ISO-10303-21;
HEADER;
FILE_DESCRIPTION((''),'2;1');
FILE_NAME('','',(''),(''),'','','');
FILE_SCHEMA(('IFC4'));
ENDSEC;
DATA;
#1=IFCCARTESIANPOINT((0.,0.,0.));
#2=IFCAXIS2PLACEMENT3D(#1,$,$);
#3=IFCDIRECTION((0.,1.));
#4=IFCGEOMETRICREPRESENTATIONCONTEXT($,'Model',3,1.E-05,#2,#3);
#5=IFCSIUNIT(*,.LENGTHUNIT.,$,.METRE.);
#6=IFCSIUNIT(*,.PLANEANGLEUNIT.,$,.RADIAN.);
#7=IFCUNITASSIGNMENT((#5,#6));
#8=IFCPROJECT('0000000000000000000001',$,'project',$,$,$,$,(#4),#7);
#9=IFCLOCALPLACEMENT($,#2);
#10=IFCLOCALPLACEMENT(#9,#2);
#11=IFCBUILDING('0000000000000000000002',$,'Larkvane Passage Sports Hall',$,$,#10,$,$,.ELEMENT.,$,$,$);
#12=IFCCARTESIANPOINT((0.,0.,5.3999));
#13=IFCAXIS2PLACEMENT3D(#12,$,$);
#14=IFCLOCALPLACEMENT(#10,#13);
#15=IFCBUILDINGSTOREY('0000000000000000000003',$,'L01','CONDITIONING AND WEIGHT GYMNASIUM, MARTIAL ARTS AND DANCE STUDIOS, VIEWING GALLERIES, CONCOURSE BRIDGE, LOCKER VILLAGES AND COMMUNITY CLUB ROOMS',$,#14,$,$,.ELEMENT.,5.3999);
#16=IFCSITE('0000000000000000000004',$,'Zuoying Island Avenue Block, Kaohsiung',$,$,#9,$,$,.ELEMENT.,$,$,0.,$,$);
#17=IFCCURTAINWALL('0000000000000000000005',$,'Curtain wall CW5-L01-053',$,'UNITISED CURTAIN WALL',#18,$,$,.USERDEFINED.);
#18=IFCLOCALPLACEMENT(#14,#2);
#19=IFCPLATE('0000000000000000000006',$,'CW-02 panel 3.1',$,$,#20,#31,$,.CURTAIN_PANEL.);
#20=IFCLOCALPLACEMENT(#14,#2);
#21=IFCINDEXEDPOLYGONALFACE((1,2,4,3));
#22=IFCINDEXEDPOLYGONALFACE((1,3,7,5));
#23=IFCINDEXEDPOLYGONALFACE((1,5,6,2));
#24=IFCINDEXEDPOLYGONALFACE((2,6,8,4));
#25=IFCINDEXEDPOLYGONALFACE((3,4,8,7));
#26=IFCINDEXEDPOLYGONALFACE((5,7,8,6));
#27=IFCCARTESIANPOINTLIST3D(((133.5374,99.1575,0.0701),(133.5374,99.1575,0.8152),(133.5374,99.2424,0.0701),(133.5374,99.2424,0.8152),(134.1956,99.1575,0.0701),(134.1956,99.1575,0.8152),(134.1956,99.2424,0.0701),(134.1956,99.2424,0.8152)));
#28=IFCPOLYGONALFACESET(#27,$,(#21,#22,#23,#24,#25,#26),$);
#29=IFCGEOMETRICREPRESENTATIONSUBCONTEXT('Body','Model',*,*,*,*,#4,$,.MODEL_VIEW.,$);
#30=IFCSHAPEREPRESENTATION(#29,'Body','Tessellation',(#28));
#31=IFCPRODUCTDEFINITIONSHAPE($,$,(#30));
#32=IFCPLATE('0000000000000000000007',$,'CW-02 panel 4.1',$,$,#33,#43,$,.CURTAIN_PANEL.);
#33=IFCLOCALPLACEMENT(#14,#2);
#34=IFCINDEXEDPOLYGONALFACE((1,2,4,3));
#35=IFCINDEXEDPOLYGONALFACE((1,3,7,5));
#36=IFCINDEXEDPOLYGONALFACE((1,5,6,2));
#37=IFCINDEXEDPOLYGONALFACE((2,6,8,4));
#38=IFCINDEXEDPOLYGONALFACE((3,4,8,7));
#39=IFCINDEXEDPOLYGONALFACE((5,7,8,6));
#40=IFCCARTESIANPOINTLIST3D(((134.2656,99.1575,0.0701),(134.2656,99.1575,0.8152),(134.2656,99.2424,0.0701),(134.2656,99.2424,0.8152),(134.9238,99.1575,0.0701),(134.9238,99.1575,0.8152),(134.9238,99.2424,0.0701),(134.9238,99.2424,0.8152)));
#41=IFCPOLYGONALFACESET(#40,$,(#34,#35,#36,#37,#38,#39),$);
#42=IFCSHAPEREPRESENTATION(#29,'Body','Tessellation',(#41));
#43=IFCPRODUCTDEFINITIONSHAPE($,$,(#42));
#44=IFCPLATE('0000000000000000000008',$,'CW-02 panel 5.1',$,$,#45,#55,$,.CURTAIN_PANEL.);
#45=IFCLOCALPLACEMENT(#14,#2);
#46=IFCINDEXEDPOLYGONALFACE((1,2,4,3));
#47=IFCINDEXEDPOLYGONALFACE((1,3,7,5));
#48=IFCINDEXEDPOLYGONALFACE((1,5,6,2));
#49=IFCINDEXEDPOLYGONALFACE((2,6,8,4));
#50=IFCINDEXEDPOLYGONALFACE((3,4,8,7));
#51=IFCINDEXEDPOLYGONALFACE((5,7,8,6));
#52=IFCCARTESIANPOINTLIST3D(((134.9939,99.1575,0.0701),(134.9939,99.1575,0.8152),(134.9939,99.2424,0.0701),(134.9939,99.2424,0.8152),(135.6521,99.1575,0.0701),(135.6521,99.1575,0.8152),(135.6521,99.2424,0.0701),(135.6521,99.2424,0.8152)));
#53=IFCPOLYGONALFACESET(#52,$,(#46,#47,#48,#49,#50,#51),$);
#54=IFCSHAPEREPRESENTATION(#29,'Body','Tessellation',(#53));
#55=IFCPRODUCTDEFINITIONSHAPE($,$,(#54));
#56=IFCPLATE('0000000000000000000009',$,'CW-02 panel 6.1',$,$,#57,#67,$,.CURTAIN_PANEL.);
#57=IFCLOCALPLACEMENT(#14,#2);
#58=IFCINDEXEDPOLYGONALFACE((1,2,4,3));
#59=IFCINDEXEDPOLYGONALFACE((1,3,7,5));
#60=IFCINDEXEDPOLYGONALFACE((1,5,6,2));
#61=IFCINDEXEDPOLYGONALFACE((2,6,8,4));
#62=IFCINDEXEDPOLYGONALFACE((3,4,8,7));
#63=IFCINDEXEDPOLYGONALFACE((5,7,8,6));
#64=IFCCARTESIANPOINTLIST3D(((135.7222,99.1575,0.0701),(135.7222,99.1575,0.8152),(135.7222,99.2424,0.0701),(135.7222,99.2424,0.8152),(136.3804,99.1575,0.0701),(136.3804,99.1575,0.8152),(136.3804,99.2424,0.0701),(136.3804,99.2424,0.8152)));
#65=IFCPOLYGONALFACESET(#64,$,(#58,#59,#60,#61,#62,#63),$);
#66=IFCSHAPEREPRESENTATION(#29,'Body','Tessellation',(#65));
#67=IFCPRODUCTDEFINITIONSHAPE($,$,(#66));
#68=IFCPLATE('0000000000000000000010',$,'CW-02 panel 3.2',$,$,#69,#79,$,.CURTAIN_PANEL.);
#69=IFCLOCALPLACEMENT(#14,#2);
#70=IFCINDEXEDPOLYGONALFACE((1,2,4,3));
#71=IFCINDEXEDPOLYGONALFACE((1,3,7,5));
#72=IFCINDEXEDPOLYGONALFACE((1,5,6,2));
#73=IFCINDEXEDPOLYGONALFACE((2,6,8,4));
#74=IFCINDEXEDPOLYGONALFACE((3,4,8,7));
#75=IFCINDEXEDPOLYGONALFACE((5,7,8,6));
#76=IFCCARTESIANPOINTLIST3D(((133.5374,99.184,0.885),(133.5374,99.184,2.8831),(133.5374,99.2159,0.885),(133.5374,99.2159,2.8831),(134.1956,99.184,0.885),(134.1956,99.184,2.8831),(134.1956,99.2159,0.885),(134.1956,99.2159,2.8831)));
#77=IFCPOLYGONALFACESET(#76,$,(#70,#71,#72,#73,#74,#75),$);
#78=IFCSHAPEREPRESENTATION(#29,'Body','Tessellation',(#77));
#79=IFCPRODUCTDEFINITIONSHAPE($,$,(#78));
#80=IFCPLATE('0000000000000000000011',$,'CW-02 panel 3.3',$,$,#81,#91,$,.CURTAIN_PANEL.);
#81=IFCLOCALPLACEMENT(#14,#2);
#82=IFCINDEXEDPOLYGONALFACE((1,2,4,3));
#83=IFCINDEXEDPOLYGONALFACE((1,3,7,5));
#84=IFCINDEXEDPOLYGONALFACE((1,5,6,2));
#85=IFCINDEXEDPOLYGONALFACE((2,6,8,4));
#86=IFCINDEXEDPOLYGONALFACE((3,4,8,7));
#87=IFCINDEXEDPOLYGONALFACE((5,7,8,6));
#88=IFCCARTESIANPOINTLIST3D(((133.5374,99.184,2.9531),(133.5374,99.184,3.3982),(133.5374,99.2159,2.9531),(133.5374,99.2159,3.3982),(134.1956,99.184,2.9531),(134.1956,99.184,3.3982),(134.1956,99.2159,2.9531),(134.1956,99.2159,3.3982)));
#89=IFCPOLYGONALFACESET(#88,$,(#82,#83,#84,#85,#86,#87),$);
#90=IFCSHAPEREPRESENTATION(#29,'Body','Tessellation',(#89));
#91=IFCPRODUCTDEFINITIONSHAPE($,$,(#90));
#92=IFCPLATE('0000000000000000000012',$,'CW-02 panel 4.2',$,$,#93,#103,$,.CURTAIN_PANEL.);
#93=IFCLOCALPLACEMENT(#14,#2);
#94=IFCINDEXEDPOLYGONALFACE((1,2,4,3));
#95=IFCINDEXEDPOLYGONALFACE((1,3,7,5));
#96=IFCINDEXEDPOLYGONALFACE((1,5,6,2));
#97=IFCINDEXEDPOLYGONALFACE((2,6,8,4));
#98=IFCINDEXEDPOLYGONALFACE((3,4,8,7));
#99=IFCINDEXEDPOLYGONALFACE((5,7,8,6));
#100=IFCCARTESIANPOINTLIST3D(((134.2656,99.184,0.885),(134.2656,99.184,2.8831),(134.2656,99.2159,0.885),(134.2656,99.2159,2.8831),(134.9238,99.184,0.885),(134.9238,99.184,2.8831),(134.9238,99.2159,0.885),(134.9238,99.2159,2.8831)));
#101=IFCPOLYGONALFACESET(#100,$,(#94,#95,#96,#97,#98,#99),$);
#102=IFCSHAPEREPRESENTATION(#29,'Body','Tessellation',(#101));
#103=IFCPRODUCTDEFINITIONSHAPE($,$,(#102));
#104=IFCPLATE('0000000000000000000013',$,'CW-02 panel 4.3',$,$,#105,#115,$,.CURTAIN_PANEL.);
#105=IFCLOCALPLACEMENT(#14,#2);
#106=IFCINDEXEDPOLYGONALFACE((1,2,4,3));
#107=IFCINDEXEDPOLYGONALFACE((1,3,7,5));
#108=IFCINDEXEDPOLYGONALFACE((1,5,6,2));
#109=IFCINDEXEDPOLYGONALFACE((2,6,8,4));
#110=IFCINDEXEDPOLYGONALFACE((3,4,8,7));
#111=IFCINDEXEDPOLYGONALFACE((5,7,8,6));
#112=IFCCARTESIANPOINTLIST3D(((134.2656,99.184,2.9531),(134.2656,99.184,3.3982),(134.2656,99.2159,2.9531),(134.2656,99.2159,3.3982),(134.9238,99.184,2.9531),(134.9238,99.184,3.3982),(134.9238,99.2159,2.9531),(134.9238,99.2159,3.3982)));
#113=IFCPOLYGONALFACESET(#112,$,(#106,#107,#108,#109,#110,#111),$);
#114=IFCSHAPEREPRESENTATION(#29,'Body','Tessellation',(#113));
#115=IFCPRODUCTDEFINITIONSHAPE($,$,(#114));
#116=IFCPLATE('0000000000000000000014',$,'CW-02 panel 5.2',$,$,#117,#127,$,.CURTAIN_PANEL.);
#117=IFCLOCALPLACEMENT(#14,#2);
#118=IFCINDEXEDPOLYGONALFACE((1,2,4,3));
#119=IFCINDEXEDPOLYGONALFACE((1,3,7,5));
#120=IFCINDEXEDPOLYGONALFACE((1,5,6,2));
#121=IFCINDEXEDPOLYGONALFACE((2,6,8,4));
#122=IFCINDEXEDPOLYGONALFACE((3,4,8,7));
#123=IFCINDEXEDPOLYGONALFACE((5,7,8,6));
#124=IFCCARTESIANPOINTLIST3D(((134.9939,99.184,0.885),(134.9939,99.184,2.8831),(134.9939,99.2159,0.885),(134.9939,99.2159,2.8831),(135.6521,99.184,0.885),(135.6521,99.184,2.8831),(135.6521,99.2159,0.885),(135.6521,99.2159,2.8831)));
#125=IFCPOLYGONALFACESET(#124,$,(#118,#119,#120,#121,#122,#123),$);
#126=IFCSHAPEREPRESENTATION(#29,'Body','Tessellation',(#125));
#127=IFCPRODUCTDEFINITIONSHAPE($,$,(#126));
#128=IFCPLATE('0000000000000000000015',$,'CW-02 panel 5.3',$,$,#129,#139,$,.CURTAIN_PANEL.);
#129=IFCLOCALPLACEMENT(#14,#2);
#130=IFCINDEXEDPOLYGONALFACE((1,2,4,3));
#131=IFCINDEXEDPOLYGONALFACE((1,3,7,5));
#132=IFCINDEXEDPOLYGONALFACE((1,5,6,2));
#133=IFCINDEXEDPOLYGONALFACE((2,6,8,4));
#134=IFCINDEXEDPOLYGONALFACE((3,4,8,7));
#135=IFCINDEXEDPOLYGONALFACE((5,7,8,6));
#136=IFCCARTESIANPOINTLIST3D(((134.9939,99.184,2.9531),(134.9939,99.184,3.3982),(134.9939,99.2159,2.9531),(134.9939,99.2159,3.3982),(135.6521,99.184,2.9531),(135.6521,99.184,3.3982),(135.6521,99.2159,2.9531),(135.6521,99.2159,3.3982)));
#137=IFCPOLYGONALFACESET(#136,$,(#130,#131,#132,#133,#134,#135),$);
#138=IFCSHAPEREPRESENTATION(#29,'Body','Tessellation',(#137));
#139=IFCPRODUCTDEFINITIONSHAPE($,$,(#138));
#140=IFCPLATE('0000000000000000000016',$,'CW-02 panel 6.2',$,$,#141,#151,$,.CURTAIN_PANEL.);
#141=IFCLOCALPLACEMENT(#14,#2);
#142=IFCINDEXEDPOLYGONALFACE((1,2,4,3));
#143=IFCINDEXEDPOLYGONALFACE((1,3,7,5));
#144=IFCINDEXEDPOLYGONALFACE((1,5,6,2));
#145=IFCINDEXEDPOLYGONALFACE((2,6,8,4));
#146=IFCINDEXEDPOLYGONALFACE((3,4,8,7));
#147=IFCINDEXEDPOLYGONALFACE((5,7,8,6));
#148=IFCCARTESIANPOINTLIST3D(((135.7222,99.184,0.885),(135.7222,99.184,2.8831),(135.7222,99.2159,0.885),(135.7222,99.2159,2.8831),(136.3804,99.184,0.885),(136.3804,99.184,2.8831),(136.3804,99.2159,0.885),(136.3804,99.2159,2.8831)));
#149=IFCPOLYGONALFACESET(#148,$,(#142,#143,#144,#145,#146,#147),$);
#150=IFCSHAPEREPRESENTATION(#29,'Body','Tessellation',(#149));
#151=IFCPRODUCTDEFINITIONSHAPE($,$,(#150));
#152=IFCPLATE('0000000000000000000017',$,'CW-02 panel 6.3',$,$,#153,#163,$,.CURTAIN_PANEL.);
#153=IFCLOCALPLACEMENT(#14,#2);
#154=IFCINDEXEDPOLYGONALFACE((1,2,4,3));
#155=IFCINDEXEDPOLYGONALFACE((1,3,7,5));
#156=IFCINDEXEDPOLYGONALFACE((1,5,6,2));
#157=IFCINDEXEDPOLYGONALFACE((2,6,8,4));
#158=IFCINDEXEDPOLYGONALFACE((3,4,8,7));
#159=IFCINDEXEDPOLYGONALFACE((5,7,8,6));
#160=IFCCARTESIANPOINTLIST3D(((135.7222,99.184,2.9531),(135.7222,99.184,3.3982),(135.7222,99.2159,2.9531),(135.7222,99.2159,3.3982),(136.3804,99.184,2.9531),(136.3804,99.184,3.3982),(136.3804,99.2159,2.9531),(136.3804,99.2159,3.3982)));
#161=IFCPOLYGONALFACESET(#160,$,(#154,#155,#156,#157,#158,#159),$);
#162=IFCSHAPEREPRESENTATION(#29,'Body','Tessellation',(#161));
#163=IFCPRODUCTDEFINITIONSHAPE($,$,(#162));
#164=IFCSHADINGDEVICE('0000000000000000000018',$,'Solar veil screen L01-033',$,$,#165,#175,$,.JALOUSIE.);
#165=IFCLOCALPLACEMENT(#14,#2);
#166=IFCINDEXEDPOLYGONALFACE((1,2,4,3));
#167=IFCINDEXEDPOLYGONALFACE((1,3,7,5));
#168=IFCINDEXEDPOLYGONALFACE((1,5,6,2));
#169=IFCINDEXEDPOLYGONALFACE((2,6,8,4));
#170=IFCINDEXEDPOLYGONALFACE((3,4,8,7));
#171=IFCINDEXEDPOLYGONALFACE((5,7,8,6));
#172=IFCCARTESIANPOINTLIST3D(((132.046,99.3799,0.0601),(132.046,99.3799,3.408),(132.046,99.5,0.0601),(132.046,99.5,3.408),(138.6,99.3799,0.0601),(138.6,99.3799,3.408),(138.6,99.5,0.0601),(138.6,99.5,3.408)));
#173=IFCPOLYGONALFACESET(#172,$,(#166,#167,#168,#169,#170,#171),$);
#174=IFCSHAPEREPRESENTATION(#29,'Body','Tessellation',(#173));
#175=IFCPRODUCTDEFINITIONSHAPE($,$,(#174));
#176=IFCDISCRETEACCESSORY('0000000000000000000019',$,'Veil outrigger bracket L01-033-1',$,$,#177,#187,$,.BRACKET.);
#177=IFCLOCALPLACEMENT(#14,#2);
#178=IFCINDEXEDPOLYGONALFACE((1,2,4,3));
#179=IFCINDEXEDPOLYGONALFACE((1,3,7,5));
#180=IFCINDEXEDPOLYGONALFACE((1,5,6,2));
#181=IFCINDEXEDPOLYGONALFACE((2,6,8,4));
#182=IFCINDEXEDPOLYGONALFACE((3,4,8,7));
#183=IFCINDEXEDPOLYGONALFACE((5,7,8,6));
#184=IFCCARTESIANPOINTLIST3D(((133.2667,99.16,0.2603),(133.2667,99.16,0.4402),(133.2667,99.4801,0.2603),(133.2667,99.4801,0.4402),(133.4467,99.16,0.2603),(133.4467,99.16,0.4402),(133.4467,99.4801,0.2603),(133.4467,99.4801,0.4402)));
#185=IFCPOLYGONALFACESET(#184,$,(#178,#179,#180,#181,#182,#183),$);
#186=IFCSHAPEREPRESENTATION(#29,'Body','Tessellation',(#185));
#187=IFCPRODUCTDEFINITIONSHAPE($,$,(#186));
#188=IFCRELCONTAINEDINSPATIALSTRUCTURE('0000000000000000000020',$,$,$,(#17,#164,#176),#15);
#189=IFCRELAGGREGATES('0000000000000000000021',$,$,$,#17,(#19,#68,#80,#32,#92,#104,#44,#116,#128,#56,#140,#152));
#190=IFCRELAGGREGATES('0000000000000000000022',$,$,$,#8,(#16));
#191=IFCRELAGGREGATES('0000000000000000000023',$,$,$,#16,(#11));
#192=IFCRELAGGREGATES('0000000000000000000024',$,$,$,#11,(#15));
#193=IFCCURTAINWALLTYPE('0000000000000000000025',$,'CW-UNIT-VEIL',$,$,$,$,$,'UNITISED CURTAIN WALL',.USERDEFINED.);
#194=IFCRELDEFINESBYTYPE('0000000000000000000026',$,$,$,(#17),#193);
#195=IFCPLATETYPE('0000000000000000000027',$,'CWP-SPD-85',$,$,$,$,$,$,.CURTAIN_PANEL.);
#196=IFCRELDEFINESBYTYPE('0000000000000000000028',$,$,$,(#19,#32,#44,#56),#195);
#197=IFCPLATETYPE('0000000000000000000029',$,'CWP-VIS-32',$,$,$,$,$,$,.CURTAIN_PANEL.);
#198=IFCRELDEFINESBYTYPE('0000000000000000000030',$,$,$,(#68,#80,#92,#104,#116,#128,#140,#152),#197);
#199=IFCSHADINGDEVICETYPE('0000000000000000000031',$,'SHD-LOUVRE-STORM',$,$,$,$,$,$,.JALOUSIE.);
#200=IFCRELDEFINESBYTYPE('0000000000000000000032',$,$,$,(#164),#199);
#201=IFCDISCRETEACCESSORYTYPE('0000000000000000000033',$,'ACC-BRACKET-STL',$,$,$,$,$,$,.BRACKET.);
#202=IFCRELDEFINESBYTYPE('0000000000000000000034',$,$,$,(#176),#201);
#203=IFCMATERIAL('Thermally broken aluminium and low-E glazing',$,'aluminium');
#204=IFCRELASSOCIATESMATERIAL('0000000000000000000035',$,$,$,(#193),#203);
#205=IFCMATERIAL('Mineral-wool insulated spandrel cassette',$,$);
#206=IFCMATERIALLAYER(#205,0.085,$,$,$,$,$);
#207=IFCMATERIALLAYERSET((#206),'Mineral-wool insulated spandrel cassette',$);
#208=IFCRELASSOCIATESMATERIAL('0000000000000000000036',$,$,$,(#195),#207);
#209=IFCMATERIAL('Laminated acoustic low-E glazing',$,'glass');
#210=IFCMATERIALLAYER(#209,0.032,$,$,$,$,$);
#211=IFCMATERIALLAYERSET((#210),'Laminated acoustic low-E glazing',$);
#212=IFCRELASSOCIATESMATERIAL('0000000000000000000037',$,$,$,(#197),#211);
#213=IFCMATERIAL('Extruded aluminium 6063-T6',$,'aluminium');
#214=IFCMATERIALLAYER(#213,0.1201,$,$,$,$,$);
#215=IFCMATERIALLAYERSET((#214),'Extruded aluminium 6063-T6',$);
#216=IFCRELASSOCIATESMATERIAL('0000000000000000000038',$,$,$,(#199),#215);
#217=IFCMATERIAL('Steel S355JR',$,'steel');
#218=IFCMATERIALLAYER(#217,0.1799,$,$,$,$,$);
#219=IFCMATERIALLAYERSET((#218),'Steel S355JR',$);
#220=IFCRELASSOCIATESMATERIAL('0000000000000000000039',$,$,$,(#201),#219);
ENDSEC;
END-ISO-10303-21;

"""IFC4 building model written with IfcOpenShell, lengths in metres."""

from ifc_helpers import new_model, si_unit, direction, frame, origin, origin_2d, place, context, subcontext, project, spatial, rectangle, extrude, material, layer, layer_set, type_object, element, aggregate, save


model = new_model("IFC4")

# Units and contexts
model_context = context("Model", 3, precision=1e-05, world=origin(), true_north=direction((0.0, 1.0)))
body_context = subcontext(model_context, "Body", "Model", "MODEL_VIEW")
ifc_project = project(units=[si_unit("LENGTHUNIT", "METRE"), si_unit("PLANEANGLEUNIT", "RADIAN")], contexts=[model_context])

# Site, building, storey
site_placement = place(None, origin())
site = spatial("IfcSite", under=ifc_project, at=site_placement, Name="Zuoying Island Avenue Block, Kaohsiung", CompositionType="ELEMENT", RefElevation=0.0)
building_placement = place(site_placement, origin())
building = spatial("IfcBuilding", under=site, at=building_placement, Name="Larkvane Passage Sports Hall", CompositionType="ELEMENT")
storey_placement = place(building_placement, frame((0.0, 0.0, 5.3999)))
storey = spatial("IfcBuildingStorey", under=building, at=storey_placement, Name="L01", Description="CONDITIONING AND WEIGHT GYMNASIUM, MARTIAL ARTS AND DANCE STUDIOS, VIEWING GALLERIES, CONCOURSE BRIDGE, LOCKER VILLAGES AND COMMUNITY CLUB ROOMS", CompositionType="ELEMENT", Elevation=5.3999)

# Curtain wall, plates
ifc_material_1 = material(Name="Thermally broken aluminium and low-E glazing", Category="aluminium")
curtain_wall_type = type_object("IfcCurtainWallType", Name="CW-UNIT-VEIL", ElementType="UNITISED CURTAIN WALL", PredefinedType="USERDEFINED", material=ifc_material_1)
curtain_wall_placement = place(storey_placement, origin())
curtain_wall = element("IfcCurtainWall", 1, at=curtain_wall_placement, inside=storey, type_object=curtain_wall_type, Name="Curtain wall CW5-L01-053", ObjectType="UNITISED CURTAIN WALL", PredefinedType="USERDEFINED")
ifc_material_2 = material(Name="Mineral-wool insulated spandrel cassette")
ifc_layer_1 = layer(ifc_material_2, 0.085)
ifc_layer_set_1 = layer_set([ifc_layer_1], Name="Mineral-wool insulated spandrel cassette")
plate_type_1 = type_object("IfcPlateType", Name="CWP-SPD-85", PredefinedType="CURTAIN_PANEL", material=ifc_layer_set_1)
plate_1_placement = place(storey_placement, frame((133.8665, 99.2, 0.0701), z_axis=(0.0, 0.0, 1.0), x_axis=(1.0, 0.0, 0.0)))
plate_1 = element("IfcPlate", 2, at=plate_1_placement, type_object=plate_type_1, Name="CW-02 panel 3.1", PredefinedType="CURTAIN_PANEL", context=body_context, shape_type="SweptSolid", body=[
    extrude(rectangle(XDim=0.6582, YDim=0.085, at=origin_2d()), origin(), (0.0, 0.0, 1.0), 0.7451),
])
plate_2_placement = place(storey_placement, frame((134.5947, 99.2, 0.0701), z_axis=(0.0, 0.0, 1.0), x_axis=(1.0, 0.0, 0.0)))
plate_2 = element("IfcPlate", 3, at=plate_2_placement, type_object=plate_type_1, Name="CW-02 panel 4.1", PredefinedType="CURTAIN_PANEL", context=body_context, shape_type="SweptSolid", body=[
    extrude(rectangle(XDim=0.6582, YDim=0.085, at=origin_2d()), origin(), (0.0, 0.0, 1.0), 0.7451),
])
plate_3_placement = place(storey_placement, frame((135.323, 99.2, 0.0701), z_axis=(0.0, 0.0, 1.0), x_axis=(1.0, 0.0, 0.0)))
plate_3 = element("IfcPlate", 4, at=plate_3_placement, type_object=plate_type_1, Name="CW-02 panel 5.1", PredefinedType="CURTAIN_PANEL", context=body_context, shape_type="SweptSolid", body=[
    extrude(rectangle(XDim=0.6582, YDim=0.085, at=origin_2d()), origin(), (0.0, 0.0, 1.0), 0.7451),
])
plate_4_placement = place(storey_placement, frame((136.0513, 99.2, 0.0701), z_axis=(0.0, 0.0, 1.0), x_axis=(1.0, 0.0, 0.0)))
plate_4 = element("IfcPlate", 5, at=plate_4_placement, type_object=plate_type_1, Name="CW-02 panel 6.1", PredefinedType="CURTAIN_PANEL", context=body_context, shape_type="SweptSolid", body=[
    extrude(rectangle(XDim=0.6582, YDim=0.085, at=origin_2d()), origin(), (0.0, 0.0, 1.0), 0.7451),
])
ifc_material_3 = material(Name="Laminated acoustic low-E glazing", Category="glass")
ifc_layer_2 = layer(ifc_material_3, 0.032)
ifc_layer_set_2 = layer_set([ifc_layer_2], Name="Laminated acoustic low-E glazing")
plate_type_2 = type_object("IfcPlateType", Name="CWP-VIS-32", PredefinedType="CURTAIN_PANEL", material=ifc_layer_set_2)
plate_5_placement = place(storey_placement, frame((133.8665, 99.2, 0.885), z_axis=(0.0, 0.0, 1.0), x_axis=(1.0, 0.0, 0.0)))
plate_5 = element("IfcPlate", 6, at=plate_5_placement, type_object=plate_type_2, Name="CW-02 panel 3.2", PredefinedType="CURTAIN_PANEL", context=body_context, shape_type="SweptSolid", body=[
    extrude(rectangle(XDim=0.6582, YDim=0.032, at=origin_2d()), origin(), (0.0, 0.0, 1.0), 1.998),
])
plate_6_placement = place(storey_placement, frame((133.8665, 99.2, 2.9531), z_axis=(0.0, 0.0, 1.0), x_axis=(1.0, 0.0, 0.0)))
plate_6 = element("IfcPlate", 7, at=plate_6_placement, type_object=plate_type_2, Name="CW-02 panel 3.3", PredefinedType="CURTAIN_PANEL", context=body_context, shape_type="SweptSolid", body=[
    extrude(rectangle(XDim=0.6582, YDim=0.032, at=origin_2d()), origin(), (0.0, 0.0, 1.0), 0.4451),
])
plate_7_placement = place(storey_placement, frame((134.5947, 99.2, 0.885), z_axis=(0.0, 0.0, 1.0), x_axis=(1.0, 0.0, 0.0)))
plate_7 = element("IfcPlate", 8, at=plate_7_placement, type_object=plate_type_2, Name="CW-02 panel 4.2", PredefinedType="CURTAIN_PANEL", context=body_context, shape_type="SweptSolid", body=[
    extrude(rectangle(XDim=0.6582, YDim=0.032, at=origin_2d()), origin(), (0.0, 0.0, 1.0), 1.998),
])
plate_8_placement = place(storey_placement, frame((134.5947, 99.2, 2.9531), z_axis=(0.0, 0.0, 1.0), x_axis=(1.0, 0.0, 0.0)))
plate_8 = element("IfcPlate", 9, at=plate_8_placement, type_object=plate_type_2, Name="CW-02 panel 4.3", PredefinedType="CURTAIN_PANEL", context=body_context, shape_type="SweptSolid", body=[
    extrude(rectangle(XDim=0.6582, YDim=0.032, at=origin_2d()), origin(), (0.0, 0.0, 1.0), 0.4451),
])
plate_9_placement = place(storey_placement, frame((135.323, 99.2, 0.885), z_axis=(0.0, 0.0, 1.0), x_axis=(1.0, 0.0, 0.0)))
plate_9 = element("IfcPlate", 10, at=plate_9_placement, type_object=plate_type_2, Name="CW-02 panel 5.2", PredefinedType="CURTAIN_PANEL", context=body_context, shape_type="SweptSolid", body=[
    extrude(rectangle(XDim=0.6582, YDim=0.032, at=origin_2d()), origin(), (0.0, 0.0, 1.0), 1.998),
])
plate_10_placement = place(storey_placement, frame((135.323, 99.2, 2.9531), z_axis=(0.0, 0.0, 1.0), x_axis=(1.0, 0.0, 0.0)))
plate_10 = element("IfcPlate", 11, at=plate_10_placement, type_object=plate_type_2, Name="CW-02 panel 5.3", PredefinedType="CURTAIN_PANEL", context=body_context, shape_type="SweptSolid", body=[
    extrude(rectangle(XDim=0.6582, YDim=0.032, at=origin_2d()), origin(), (0.0, 0.0, 1.0), 0.4451),
])
plate_11_placement = place(storey_placement, frame((136.0513, 99.2, 0.885), z_axis=(0.0, 0.0, 1.0), x_axis=(1.0, 0.0, 0.0)))
plate_11 = element("IfcPlate", 12, at=plate_11_placement, type_object=plate_type_2, Name="CW-02 panel 6.2", PredefinedType="CURTAIN_PANEL", context=body_context, shape_type="SweptSolid", body=[
    extrude(rectangle(XDim=0.6582, YDim=0.032, at=origin_2d()), origin(), (0.0, 0.0, 1.0), 1.998),
])
plate_12_placement = place(storey_placement, frame((136.0513, 99.2, 2.9531), z_axis=(0.0, 0.0, 1.0), x_axis=(1.0, 0.0, 0.0)))
plate_12 = element("IfcPlate", 13, at=plate_12_placement, type_object=plate_type_2, Name="CW-02 panel 6.3", PredefinedType="CURTAIN_PANEL", context=body_context, shape_type="SweptSolid", body=[
    extrude(rectangle(XDim=0.6582, YDim=0.032, at=origin_2d()), origin(), (0.0, 0.0, 1.0), 0.4451),
])
aggregate(curtain_wall, [plate_1, plate_5, plate_6, plate_2, plate_7, plate_8, plate_3, plate_9, plate_10, plate_4, plate_11, plate_12])

# Shading device
ifc_material_4 = material(Name="Extruded aluminium 6063-T6", Category="aluminium")
ifc_layer_3 = layer(ifc_material_4, 0.1201)
ifc_layer_set_3 = layer_set([ifc_layer_3], Name="Extruded aluminium 6063-T6")
shading_device_type = type_object("IfcShadingDeviceType", Name="SHD-LOUVRE-STORM", PredefinedType="JALOUSIE", material=ifc_layer_set_3)
shading_device_placement = place(storey_placement, frame((135.323, 99.4399, 0.0601), z_axis=(0.0, 0.0, 1.0), x_axis=(1.0, 0.0, 0.0)))
element("IfcShadingDevice", 14, at=shading_device_placement, inside=storey, type_object=shading_device_type, Name="Solar veil screen L01-033", PredefinedType="JALOUSIE", context=body_context, shape_type="SweptSolid", body=[
    extrude(rectangle(XDim=6.554, YDim=0.1201, at=origin_2d()), origin(), (0.0, 0.0, 1.0), 3.3479),
])

# Discrete accessory
ifc_material_5 = material(Name="Steel S355JR", Category="steel")
ifc_layer_4 = layer(ifc_material_5, 0.1799)
ifc_layer_set_4 = layer_set([ifc_layer_4], Name="Steel S355JR")
discrete_accessory_type = type_object("IfcDiscreteAccessoryType", Name="ACC-BRACKET-STL", PredefinedType="BRACKET", material=ifc_layer_set_4)
discrete_accessory_placement = place(storey_placement, frame((133.3567, 99.3201, 0.2603), z_axis=(0.0, 0.0, 1.0), x_axis=(1.0, 0.0, 0.0)))
element("IfcDiscreteAccessory", 15, at=discrete_accessory_placement, inside=storey, type_object=discrete_accessory_type, Name="Veil outrigger bracket L01-033-1", PredefinedType="BRACKET", context=body_context, shape_type="SweptSolid", body=[
    extrude(rectangle(XDim=0.1799, YDim=0.3201, at=origin_2d()), origin(), (0.0, 0.0, 1.0), 0.1799),
])

save(model, "model.ifc")
